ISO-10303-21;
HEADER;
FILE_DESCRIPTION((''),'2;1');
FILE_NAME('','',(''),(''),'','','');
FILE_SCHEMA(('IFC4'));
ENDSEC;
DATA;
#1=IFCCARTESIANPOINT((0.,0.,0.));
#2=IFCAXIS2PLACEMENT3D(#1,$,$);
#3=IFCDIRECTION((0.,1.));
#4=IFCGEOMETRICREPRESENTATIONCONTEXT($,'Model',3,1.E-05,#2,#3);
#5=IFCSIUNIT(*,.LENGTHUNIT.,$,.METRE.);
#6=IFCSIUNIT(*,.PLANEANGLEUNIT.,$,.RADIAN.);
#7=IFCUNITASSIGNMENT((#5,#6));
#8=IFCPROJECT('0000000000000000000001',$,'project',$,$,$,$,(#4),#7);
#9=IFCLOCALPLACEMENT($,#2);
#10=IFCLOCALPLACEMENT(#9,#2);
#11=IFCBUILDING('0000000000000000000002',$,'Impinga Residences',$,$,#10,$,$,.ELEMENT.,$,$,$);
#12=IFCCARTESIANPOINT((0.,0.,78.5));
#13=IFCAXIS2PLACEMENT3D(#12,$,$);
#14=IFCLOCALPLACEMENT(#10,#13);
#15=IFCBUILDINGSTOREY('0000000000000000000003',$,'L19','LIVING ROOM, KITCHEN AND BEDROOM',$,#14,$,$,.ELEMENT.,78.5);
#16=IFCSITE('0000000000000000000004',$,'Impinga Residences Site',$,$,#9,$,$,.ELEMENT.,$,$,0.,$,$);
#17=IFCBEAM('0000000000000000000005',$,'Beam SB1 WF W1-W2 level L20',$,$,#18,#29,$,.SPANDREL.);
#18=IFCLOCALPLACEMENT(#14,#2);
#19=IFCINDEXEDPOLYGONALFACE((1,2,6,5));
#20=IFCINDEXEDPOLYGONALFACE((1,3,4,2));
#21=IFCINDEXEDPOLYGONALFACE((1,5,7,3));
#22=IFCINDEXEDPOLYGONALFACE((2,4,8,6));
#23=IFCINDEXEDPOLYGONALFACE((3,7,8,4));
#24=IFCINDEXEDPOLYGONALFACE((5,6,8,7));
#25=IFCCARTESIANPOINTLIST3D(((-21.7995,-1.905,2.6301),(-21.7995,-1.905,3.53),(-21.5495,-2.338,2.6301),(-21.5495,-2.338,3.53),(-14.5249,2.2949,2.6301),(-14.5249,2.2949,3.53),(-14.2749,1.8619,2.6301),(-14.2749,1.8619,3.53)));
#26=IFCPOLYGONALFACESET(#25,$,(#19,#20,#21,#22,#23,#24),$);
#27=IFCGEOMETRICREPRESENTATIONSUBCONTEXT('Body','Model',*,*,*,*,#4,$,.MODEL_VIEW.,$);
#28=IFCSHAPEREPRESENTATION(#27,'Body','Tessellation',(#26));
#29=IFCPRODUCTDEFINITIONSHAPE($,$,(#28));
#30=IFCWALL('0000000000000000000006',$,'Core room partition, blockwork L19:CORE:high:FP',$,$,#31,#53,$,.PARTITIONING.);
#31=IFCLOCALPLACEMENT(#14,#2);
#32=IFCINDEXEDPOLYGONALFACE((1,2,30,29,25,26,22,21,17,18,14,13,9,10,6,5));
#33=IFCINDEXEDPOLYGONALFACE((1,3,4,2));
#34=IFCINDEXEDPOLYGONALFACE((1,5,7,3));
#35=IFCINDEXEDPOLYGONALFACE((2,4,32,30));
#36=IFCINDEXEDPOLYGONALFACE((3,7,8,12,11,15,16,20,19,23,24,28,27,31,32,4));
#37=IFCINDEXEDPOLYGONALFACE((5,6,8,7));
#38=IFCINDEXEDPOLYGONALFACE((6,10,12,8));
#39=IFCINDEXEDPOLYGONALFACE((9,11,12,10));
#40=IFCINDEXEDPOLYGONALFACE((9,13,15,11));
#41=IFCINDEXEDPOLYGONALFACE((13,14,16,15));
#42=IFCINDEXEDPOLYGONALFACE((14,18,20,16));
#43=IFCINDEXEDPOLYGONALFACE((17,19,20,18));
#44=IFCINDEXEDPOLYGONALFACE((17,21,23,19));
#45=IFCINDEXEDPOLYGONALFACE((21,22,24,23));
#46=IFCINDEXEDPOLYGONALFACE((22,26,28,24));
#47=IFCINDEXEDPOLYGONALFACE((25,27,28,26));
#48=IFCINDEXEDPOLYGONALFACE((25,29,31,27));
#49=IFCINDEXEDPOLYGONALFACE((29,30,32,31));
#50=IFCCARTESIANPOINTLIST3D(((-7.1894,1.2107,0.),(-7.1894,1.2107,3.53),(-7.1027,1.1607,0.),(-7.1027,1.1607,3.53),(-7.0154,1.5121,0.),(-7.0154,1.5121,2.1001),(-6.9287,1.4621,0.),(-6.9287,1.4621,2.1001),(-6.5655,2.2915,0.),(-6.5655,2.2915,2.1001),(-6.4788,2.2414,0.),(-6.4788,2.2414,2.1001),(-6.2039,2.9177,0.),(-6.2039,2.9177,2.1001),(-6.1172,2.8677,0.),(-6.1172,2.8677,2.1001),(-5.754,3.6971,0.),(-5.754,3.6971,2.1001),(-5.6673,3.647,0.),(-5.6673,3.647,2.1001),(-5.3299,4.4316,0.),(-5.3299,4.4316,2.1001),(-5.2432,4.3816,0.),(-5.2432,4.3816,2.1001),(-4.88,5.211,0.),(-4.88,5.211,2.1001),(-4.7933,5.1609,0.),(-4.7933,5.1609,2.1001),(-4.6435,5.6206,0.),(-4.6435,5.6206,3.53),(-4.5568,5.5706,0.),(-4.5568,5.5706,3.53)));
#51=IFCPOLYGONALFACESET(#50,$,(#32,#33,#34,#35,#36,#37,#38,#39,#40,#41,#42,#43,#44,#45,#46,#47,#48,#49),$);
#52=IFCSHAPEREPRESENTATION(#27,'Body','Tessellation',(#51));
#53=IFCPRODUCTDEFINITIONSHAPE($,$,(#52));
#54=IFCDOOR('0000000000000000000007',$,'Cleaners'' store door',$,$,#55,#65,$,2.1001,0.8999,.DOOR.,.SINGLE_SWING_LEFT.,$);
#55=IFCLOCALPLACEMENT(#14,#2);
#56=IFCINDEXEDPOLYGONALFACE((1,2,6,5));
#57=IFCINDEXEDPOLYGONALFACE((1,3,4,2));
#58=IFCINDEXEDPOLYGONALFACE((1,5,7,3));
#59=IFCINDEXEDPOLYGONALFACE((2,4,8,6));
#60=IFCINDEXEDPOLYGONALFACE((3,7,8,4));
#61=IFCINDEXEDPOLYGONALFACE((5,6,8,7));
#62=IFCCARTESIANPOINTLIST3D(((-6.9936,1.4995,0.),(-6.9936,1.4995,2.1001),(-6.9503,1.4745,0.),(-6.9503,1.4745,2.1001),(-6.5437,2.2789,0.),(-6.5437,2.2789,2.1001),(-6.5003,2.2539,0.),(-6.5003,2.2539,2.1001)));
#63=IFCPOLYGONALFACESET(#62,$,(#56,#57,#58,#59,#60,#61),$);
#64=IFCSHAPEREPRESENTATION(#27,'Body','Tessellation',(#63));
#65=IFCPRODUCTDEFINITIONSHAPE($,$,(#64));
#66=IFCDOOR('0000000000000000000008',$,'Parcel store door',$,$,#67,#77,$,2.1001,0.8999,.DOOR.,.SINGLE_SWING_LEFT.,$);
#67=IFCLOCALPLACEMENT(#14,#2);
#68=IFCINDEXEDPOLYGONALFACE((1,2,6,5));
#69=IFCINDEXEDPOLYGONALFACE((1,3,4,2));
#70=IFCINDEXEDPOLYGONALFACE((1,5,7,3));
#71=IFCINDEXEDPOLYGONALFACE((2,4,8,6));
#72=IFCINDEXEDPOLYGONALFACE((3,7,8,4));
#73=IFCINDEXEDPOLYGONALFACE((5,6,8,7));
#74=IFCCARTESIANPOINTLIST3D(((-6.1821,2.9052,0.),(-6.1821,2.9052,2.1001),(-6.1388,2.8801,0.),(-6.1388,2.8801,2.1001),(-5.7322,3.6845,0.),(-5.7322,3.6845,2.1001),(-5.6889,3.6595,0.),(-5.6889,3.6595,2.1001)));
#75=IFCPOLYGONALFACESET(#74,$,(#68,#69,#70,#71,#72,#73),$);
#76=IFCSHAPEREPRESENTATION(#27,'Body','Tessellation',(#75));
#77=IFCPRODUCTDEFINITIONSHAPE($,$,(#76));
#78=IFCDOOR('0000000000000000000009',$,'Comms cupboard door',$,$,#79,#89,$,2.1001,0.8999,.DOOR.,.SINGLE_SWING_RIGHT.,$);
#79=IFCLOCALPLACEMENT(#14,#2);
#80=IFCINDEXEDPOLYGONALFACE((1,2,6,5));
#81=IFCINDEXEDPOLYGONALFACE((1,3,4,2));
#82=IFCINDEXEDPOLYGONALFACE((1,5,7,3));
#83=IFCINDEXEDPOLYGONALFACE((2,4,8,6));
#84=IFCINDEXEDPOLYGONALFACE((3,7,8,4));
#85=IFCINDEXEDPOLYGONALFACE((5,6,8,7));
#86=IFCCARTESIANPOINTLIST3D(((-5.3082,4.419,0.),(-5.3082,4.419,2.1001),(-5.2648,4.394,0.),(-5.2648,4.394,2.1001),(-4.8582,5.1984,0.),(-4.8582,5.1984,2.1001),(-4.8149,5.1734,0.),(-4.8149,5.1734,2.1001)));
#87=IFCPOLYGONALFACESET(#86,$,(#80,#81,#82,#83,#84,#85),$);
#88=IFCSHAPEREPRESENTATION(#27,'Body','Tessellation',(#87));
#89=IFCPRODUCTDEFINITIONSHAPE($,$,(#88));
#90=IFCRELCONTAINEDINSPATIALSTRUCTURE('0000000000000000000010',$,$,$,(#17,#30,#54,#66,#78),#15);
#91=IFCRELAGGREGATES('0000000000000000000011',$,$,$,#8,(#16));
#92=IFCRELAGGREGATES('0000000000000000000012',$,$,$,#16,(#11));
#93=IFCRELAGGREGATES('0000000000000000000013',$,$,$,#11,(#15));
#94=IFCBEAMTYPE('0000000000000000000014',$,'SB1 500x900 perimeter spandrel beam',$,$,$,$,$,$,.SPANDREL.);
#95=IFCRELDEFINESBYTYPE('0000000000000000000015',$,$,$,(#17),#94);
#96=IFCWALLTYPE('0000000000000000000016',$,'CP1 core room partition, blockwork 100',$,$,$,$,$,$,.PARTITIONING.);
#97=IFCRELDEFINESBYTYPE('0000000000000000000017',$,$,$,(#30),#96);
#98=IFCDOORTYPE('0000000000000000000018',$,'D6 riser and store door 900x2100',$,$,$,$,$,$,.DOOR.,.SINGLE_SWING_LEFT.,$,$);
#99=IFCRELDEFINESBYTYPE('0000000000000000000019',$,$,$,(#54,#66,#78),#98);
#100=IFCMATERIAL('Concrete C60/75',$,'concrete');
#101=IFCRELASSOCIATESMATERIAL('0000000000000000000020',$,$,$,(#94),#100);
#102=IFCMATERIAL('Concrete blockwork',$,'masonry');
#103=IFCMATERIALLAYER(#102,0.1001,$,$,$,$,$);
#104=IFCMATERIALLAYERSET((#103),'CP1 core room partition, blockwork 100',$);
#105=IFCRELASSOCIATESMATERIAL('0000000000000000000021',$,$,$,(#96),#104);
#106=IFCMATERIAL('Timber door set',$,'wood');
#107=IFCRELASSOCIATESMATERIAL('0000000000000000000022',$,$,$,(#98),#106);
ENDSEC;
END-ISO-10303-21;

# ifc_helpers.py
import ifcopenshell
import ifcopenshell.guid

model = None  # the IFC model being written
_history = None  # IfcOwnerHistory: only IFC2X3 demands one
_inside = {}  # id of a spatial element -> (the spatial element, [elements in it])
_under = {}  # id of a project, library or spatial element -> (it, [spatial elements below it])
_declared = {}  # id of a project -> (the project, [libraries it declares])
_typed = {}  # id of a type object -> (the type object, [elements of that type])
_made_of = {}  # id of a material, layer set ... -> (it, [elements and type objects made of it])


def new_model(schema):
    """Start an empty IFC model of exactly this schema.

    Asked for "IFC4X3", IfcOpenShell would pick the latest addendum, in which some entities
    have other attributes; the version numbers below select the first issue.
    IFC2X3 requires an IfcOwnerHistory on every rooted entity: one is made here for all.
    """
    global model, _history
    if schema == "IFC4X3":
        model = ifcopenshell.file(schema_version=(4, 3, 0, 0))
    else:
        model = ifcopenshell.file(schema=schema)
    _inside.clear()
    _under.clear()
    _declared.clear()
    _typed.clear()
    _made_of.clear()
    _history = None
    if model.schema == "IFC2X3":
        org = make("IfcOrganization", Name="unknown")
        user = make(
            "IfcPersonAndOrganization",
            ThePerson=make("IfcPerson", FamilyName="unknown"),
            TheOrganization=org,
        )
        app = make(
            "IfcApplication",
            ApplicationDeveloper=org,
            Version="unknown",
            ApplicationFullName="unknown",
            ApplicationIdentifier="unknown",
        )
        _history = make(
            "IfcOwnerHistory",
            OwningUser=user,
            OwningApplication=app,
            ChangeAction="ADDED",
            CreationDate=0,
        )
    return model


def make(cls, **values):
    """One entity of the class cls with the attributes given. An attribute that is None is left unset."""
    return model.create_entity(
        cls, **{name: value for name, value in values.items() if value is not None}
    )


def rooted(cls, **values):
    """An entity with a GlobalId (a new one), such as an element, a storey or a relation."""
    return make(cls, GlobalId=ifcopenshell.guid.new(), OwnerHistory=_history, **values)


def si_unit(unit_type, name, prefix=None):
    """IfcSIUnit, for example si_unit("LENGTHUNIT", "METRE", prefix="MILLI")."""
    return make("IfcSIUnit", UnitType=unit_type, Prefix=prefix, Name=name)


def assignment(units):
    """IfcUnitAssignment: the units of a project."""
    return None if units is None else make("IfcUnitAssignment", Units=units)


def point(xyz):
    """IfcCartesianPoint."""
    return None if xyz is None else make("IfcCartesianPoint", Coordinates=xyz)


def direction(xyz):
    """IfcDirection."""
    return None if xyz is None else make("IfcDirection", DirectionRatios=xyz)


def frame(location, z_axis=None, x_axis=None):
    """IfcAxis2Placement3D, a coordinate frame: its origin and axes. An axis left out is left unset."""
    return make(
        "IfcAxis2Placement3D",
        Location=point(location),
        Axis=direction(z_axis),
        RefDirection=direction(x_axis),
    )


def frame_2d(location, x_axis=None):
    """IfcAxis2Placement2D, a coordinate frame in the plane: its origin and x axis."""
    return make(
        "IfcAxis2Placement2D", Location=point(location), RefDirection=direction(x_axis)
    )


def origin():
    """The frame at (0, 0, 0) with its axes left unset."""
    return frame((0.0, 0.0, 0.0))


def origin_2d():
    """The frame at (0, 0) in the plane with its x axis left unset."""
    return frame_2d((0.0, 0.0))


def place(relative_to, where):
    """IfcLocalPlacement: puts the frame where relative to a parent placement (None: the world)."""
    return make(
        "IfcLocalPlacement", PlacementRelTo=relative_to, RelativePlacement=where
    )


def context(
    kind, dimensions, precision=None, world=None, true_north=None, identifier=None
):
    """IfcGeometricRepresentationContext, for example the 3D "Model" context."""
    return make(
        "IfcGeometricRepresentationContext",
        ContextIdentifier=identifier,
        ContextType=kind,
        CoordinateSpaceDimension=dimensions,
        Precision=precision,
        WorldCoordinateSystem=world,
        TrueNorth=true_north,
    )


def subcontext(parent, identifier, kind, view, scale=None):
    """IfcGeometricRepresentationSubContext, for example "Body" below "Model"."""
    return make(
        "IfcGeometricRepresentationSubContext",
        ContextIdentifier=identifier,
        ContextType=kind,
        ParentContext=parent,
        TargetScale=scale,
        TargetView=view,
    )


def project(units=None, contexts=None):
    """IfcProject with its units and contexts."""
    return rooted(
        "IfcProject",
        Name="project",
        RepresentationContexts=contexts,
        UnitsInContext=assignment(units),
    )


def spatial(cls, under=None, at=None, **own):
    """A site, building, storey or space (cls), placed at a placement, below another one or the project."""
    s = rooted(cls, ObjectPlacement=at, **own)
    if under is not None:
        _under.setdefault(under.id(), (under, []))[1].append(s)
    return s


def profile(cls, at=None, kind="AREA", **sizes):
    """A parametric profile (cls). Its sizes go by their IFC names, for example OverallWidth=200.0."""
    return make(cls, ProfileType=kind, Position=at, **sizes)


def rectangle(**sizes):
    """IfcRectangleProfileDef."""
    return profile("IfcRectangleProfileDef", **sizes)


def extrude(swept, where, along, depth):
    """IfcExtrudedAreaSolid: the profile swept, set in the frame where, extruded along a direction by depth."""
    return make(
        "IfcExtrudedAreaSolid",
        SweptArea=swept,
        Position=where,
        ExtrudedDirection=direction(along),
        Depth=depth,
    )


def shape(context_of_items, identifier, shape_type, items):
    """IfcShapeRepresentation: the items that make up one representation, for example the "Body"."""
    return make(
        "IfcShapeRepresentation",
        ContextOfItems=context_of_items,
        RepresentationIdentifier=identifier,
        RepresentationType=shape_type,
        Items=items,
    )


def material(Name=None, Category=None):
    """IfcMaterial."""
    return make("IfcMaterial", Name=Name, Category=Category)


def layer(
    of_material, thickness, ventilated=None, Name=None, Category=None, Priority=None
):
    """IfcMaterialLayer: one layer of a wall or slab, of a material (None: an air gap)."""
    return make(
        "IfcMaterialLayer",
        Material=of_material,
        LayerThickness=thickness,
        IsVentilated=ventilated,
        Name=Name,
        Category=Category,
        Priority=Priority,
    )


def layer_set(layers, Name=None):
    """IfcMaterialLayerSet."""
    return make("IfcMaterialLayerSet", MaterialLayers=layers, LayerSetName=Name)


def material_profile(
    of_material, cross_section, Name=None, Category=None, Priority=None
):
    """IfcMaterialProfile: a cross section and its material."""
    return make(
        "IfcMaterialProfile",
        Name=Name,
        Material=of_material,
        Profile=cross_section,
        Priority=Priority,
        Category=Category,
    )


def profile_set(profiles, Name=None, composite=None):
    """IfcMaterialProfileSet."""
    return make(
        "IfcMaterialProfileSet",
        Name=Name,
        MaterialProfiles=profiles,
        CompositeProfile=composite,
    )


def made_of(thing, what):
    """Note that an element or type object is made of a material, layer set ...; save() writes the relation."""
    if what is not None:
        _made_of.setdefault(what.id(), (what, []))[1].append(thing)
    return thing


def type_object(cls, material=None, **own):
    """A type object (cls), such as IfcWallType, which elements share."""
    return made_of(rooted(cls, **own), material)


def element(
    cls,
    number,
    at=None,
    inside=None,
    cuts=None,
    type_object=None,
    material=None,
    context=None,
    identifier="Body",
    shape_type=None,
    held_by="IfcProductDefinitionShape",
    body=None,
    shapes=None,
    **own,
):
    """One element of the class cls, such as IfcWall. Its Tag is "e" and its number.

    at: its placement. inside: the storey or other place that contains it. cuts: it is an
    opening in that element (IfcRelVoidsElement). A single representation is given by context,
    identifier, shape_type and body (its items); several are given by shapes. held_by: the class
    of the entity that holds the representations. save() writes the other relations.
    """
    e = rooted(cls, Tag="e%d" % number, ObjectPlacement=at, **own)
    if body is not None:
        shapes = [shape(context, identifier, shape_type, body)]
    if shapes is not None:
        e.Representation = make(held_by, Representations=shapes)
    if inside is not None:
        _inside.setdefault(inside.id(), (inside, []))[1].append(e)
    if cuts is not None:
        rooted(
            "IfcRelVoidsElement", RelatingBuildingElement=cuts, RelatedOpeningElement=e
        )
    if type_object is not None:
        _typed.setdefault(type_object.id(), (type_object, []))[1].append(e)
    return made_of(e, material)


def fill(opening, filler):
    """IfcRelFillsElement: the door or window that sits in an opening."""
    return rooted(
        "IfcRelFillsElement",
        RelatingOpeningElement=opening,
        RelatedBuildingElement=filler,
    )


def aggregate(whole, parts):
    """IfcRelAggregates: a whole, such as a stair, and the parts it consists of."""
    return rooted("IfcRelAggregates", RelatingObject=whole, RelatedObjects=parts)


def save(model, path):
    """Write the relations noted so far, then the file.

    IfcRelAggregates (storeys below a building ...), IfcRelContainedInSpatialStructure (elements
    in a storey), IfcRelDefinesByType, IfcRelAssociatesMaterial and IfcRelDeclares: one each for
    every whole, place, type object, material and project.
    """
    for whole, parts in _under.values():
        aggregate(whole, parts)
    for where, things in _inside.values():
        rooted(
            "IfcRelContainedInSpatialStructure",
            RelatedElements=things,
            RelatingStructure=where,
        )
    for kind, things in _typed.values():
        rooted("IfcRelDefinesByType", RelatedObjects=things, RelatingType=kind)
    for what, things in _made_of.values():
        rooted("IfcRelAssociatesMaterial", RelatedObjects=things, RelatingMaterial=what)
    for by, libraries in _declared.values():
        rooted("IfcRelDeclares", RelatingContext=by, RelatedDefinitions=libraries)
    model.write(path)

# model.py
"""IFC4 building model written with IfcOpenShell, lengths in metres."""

from ifc_helpers import new_model, si_unit, direction, frame, frame_2d, origin, origin_2d, place, context, subcontext, project, spatial, rectangle, extrude, material, layer, layer_set, material_profile, profile_set, type_object, element, fill, save


model = new_model("IFC4")

# Units and contexts
model_context = context("Model", 3, precision=1e-05, world=origin(), true_north=direction((0.0, 1.0)))
body_context = subcontext(model_context, "Body", "Model", "MODEL_VIEW")
ifc_project = project(units=[si_unit("LENGTHUNIT", "METRE"), si_unit("PLANEANGLEUNIT", "RADIAN")], contexts=[model_context])

# Site, building, storey
site_placement = place(None, origin())
site = spatial("IfcSite", under=ifc_project, at=site_placement, Name="Impinga Residences Site", CompositionType="ELEMENT", RefElevation=0.0)
building_placement = place(site_placement, origin())
building = spatial("IfcBuilding", under=site, at=building_placement, Name="Impinga Residences", CompositionType="ELEMENT")
storey_placement = place(building_placement, frame((0.0, 0.0, 78.5)))
storey = spatial("IfcBuildingStorey", under=building, at=storey_placement, Name="L19", Description="LIVING ROOM, KITCHEN AND BEDROOM", CompositionType="ELEMENT", Elevation=78.5)

# Beam
ifc_material_1 = material(Name="Concrete C60/75", Category="concrete")
ifc_material_profile = material_profile(ifc_material_1, rectangle(XDim=0.5, YDim=0.8999, at=origin_2d()), Name="RC 500x900")
ifc_profile_set = profile_set([ifc_material_profile], Name="Concrete C60/75")
beam_type = type_object("IfcBeamType", Name="SB1 500x900 perimeter spandrel beam", PredefinedType="SPANDREL", material=ifc_profile_set)
beam_placement = place(storey_placement, frame((-14.3999, 2.0784, 3.0801), z_axis=(-0.866029, -0.499993, 0.0), x_axis=(0.499993, -0.866029, 0.0)))
element("IfcBeam", 1, at=beam_placement, inside=storey, type_object=beam_type, Name="Beam SB1 WF W1-W2 level L20", PredefinedType="SPANDREL", context=body_context, shape_type="SweptSolid", body=[
    extrude(rectangle(XDim=0.5, YDim=0.8999, at=origin_2d()), origin(), (0.0, 0.0, 1.0), 8.3999),
])

# Wall, openings, doors
ifc_material_2 = material(Name="Concrete blockwork", Category="masonry")
ifc_layer_1 = layer(ifc_material_2, 0.1001)
ifc_layer_set_1 = layer_set([ifc_layer_1], Name="CP1 core room partition, blockwork 100")
wall_type_1 = type_object("IfcWallType", Name="CP1 core room partition, blockwork 100", PredefinedType="PARTITIONING", material=ifc_layer_set_1)
wall_1_placement = place(storey_placement, frame((-7.146, 1.1858, 0.0), z_axis=(0.0, 0.0, 1.0), x_axis=(0.499976, 0.866039, 0.0)))
wall_1 = element("IfcWall", 2, at=wall_1_placement, inside=storey, type_object=wall_type_1, Name="Core room partition, blockwork L19:CORE:high:FP", PredefinedType="PARTITIONING", context=body_context, shape_type="SweptSolid", body=[
    extrude(rectangle(XDim=5.092, YDim=0.1001, at=frame_2d((2.5459, 0.0))), origin(), (0.0, 0.0, 1.0), 3.53),
])
opening_1_placement = place(wall_1_placement, frame((0.3479, 0.0, 0.0)))
opening_1 = element("IfcOpeningElement", 3, at=opening_1_placement, cuts=wall_1, PredefinedType="OPENING", context=body_context, shape_type="SweptSolid", body=[
    extrude(rectangle(XDim=0.8999, YDim=2.1001, at=frame_2d((0.45, 1.05))), frame((0.0, 0.0601, 0.0), z_axis=(0.0, -1.0, 0.0), x_axis=(1.0, 0.0, 0.0)), (0.0, 0.0, 1.0), 0.1201),
])
opening_2_placement = place(wall_1_placement, frame((1.9709, 0.0, 0.0)))
opening_2 = element("IfcOpeningElement", 4, at=opening_2_placement, cuts=wall_1, PredefinedType="OPENING", context=body_context, shape_type="SweptSolid", body=[
    extrude(rectangle(XDim=0.8999, YDim=2.1001, at=frame_2d((0.45, 1.05))), frame((0.0, 0.0601, 0.0), z_axis=(0.0, -1.0, 0.0), x_axis=(1.0, 0.0, 0.0)), (0.0, 0.0, 1.0), 0.1201),
])
opening_3_placement = place(wall_1_placement, frame((3.719, 0.0, 0.0)))
opening_3 = element("IfcOpeningElement", 5, at=opening_3_placement, cuts=wall_1, PredefinedType="OPENING", context=body_context, shape_type="SweptSolid", body=[
    extrude(rectangle(XDim=0.8999, YDim=2.1001, at=frame_2d((0.45, 1.05))), frame((0.0, 0.0601, 0.0), z_axis=(0.0, -1.0, 0.0), x_axis=(1.0, 0.0, 0.0)), (0.0, 0.0, 1.0), 0.1201),
])
ifc_material_3 = material(Name="Timber door set", Category="wood")
door_type = type_object("IfcDoorType", Name="D6 riser and store door 900x2100", OperationType="SINGLE_SWING_LEFT", PredefinedType="DOOR", material=ifc_material_3)
door_1_placement = place(opening_1_placement, origin())
door_1 = element("IfcDoor", 6, at=door_1_placement, inside=storey, type_object=door_type, Name="Cleaners' store door", OperationType="SINGLE_SWING_LEFT", OverallHeight=2.1001, OverallWidth=0.8999, PredefinedType="DOOR", context=body_context, shape_type="SweptSolid", body=[
    extrude(rectangle(XDim=0.8999, YDim=2.1001, at=frame_2d((0.45, 1.05))), frame((0.0, 0.0249, 0.0), z_axis=(0.0, -1.0, 0.0), x_axis=(1.0, 0.0, 0.0)), (0.0, 0.0, 1.0), 0.05),
])
fill(opening_1, door_1)
door_2_placement = place(opening_2_placement, origin())
door_2 = element("IfcDoor", 7, at=door_2_placement, inside=storey, type_object=door_type, Name="Parcel store door", OperationType="SINGLE_SWING_LEFT", OverallHeight=2.1001, OverallWidth=0.8999, PredefinedType="DOOR", context=body_context, shape_type="SweptSolid", body=[
    extrude(rectangle(XDim=0.8999, YDim=2.1001, at=frame_2d((0.45, 1.05))), frame((0.0, 0.0249, 0.0), z_axis=(0.0, -1.0, 0.0), x_axis=(1.0, 0.0, 0.0)), (0.0, 0.0, 1.0), 0.05),
])
fill(opening_2, door_2)
door_3_placement = place(opening_3_placement, origin())
door_3 = element("IfcDoor", 8, at=door_3_placement, inside=storey, type_object=door_type, Name="Comms cupboard door", OperationType="SINGLE_SWING_RIGHT", OverallHeight=2.1001, OverallWidth=0.8999, PredefinedType="DOOR", context=body_context, shape_type="SweptSolid", body=[
    extrude(rectangle(XDim=0.8999, YDim=2.1001, at=frame_2d((0.45, 1.05))), frame((0.0, 0.0249, 0.0), z_axis=(0.0, -1.0, 0.0), x_axis=(1.0, 0.0, 0.0)), (0.0, 0.0, 1.0), 0.05),
])
fill(opening_3, door_3)

save(model, "model.ifc")
